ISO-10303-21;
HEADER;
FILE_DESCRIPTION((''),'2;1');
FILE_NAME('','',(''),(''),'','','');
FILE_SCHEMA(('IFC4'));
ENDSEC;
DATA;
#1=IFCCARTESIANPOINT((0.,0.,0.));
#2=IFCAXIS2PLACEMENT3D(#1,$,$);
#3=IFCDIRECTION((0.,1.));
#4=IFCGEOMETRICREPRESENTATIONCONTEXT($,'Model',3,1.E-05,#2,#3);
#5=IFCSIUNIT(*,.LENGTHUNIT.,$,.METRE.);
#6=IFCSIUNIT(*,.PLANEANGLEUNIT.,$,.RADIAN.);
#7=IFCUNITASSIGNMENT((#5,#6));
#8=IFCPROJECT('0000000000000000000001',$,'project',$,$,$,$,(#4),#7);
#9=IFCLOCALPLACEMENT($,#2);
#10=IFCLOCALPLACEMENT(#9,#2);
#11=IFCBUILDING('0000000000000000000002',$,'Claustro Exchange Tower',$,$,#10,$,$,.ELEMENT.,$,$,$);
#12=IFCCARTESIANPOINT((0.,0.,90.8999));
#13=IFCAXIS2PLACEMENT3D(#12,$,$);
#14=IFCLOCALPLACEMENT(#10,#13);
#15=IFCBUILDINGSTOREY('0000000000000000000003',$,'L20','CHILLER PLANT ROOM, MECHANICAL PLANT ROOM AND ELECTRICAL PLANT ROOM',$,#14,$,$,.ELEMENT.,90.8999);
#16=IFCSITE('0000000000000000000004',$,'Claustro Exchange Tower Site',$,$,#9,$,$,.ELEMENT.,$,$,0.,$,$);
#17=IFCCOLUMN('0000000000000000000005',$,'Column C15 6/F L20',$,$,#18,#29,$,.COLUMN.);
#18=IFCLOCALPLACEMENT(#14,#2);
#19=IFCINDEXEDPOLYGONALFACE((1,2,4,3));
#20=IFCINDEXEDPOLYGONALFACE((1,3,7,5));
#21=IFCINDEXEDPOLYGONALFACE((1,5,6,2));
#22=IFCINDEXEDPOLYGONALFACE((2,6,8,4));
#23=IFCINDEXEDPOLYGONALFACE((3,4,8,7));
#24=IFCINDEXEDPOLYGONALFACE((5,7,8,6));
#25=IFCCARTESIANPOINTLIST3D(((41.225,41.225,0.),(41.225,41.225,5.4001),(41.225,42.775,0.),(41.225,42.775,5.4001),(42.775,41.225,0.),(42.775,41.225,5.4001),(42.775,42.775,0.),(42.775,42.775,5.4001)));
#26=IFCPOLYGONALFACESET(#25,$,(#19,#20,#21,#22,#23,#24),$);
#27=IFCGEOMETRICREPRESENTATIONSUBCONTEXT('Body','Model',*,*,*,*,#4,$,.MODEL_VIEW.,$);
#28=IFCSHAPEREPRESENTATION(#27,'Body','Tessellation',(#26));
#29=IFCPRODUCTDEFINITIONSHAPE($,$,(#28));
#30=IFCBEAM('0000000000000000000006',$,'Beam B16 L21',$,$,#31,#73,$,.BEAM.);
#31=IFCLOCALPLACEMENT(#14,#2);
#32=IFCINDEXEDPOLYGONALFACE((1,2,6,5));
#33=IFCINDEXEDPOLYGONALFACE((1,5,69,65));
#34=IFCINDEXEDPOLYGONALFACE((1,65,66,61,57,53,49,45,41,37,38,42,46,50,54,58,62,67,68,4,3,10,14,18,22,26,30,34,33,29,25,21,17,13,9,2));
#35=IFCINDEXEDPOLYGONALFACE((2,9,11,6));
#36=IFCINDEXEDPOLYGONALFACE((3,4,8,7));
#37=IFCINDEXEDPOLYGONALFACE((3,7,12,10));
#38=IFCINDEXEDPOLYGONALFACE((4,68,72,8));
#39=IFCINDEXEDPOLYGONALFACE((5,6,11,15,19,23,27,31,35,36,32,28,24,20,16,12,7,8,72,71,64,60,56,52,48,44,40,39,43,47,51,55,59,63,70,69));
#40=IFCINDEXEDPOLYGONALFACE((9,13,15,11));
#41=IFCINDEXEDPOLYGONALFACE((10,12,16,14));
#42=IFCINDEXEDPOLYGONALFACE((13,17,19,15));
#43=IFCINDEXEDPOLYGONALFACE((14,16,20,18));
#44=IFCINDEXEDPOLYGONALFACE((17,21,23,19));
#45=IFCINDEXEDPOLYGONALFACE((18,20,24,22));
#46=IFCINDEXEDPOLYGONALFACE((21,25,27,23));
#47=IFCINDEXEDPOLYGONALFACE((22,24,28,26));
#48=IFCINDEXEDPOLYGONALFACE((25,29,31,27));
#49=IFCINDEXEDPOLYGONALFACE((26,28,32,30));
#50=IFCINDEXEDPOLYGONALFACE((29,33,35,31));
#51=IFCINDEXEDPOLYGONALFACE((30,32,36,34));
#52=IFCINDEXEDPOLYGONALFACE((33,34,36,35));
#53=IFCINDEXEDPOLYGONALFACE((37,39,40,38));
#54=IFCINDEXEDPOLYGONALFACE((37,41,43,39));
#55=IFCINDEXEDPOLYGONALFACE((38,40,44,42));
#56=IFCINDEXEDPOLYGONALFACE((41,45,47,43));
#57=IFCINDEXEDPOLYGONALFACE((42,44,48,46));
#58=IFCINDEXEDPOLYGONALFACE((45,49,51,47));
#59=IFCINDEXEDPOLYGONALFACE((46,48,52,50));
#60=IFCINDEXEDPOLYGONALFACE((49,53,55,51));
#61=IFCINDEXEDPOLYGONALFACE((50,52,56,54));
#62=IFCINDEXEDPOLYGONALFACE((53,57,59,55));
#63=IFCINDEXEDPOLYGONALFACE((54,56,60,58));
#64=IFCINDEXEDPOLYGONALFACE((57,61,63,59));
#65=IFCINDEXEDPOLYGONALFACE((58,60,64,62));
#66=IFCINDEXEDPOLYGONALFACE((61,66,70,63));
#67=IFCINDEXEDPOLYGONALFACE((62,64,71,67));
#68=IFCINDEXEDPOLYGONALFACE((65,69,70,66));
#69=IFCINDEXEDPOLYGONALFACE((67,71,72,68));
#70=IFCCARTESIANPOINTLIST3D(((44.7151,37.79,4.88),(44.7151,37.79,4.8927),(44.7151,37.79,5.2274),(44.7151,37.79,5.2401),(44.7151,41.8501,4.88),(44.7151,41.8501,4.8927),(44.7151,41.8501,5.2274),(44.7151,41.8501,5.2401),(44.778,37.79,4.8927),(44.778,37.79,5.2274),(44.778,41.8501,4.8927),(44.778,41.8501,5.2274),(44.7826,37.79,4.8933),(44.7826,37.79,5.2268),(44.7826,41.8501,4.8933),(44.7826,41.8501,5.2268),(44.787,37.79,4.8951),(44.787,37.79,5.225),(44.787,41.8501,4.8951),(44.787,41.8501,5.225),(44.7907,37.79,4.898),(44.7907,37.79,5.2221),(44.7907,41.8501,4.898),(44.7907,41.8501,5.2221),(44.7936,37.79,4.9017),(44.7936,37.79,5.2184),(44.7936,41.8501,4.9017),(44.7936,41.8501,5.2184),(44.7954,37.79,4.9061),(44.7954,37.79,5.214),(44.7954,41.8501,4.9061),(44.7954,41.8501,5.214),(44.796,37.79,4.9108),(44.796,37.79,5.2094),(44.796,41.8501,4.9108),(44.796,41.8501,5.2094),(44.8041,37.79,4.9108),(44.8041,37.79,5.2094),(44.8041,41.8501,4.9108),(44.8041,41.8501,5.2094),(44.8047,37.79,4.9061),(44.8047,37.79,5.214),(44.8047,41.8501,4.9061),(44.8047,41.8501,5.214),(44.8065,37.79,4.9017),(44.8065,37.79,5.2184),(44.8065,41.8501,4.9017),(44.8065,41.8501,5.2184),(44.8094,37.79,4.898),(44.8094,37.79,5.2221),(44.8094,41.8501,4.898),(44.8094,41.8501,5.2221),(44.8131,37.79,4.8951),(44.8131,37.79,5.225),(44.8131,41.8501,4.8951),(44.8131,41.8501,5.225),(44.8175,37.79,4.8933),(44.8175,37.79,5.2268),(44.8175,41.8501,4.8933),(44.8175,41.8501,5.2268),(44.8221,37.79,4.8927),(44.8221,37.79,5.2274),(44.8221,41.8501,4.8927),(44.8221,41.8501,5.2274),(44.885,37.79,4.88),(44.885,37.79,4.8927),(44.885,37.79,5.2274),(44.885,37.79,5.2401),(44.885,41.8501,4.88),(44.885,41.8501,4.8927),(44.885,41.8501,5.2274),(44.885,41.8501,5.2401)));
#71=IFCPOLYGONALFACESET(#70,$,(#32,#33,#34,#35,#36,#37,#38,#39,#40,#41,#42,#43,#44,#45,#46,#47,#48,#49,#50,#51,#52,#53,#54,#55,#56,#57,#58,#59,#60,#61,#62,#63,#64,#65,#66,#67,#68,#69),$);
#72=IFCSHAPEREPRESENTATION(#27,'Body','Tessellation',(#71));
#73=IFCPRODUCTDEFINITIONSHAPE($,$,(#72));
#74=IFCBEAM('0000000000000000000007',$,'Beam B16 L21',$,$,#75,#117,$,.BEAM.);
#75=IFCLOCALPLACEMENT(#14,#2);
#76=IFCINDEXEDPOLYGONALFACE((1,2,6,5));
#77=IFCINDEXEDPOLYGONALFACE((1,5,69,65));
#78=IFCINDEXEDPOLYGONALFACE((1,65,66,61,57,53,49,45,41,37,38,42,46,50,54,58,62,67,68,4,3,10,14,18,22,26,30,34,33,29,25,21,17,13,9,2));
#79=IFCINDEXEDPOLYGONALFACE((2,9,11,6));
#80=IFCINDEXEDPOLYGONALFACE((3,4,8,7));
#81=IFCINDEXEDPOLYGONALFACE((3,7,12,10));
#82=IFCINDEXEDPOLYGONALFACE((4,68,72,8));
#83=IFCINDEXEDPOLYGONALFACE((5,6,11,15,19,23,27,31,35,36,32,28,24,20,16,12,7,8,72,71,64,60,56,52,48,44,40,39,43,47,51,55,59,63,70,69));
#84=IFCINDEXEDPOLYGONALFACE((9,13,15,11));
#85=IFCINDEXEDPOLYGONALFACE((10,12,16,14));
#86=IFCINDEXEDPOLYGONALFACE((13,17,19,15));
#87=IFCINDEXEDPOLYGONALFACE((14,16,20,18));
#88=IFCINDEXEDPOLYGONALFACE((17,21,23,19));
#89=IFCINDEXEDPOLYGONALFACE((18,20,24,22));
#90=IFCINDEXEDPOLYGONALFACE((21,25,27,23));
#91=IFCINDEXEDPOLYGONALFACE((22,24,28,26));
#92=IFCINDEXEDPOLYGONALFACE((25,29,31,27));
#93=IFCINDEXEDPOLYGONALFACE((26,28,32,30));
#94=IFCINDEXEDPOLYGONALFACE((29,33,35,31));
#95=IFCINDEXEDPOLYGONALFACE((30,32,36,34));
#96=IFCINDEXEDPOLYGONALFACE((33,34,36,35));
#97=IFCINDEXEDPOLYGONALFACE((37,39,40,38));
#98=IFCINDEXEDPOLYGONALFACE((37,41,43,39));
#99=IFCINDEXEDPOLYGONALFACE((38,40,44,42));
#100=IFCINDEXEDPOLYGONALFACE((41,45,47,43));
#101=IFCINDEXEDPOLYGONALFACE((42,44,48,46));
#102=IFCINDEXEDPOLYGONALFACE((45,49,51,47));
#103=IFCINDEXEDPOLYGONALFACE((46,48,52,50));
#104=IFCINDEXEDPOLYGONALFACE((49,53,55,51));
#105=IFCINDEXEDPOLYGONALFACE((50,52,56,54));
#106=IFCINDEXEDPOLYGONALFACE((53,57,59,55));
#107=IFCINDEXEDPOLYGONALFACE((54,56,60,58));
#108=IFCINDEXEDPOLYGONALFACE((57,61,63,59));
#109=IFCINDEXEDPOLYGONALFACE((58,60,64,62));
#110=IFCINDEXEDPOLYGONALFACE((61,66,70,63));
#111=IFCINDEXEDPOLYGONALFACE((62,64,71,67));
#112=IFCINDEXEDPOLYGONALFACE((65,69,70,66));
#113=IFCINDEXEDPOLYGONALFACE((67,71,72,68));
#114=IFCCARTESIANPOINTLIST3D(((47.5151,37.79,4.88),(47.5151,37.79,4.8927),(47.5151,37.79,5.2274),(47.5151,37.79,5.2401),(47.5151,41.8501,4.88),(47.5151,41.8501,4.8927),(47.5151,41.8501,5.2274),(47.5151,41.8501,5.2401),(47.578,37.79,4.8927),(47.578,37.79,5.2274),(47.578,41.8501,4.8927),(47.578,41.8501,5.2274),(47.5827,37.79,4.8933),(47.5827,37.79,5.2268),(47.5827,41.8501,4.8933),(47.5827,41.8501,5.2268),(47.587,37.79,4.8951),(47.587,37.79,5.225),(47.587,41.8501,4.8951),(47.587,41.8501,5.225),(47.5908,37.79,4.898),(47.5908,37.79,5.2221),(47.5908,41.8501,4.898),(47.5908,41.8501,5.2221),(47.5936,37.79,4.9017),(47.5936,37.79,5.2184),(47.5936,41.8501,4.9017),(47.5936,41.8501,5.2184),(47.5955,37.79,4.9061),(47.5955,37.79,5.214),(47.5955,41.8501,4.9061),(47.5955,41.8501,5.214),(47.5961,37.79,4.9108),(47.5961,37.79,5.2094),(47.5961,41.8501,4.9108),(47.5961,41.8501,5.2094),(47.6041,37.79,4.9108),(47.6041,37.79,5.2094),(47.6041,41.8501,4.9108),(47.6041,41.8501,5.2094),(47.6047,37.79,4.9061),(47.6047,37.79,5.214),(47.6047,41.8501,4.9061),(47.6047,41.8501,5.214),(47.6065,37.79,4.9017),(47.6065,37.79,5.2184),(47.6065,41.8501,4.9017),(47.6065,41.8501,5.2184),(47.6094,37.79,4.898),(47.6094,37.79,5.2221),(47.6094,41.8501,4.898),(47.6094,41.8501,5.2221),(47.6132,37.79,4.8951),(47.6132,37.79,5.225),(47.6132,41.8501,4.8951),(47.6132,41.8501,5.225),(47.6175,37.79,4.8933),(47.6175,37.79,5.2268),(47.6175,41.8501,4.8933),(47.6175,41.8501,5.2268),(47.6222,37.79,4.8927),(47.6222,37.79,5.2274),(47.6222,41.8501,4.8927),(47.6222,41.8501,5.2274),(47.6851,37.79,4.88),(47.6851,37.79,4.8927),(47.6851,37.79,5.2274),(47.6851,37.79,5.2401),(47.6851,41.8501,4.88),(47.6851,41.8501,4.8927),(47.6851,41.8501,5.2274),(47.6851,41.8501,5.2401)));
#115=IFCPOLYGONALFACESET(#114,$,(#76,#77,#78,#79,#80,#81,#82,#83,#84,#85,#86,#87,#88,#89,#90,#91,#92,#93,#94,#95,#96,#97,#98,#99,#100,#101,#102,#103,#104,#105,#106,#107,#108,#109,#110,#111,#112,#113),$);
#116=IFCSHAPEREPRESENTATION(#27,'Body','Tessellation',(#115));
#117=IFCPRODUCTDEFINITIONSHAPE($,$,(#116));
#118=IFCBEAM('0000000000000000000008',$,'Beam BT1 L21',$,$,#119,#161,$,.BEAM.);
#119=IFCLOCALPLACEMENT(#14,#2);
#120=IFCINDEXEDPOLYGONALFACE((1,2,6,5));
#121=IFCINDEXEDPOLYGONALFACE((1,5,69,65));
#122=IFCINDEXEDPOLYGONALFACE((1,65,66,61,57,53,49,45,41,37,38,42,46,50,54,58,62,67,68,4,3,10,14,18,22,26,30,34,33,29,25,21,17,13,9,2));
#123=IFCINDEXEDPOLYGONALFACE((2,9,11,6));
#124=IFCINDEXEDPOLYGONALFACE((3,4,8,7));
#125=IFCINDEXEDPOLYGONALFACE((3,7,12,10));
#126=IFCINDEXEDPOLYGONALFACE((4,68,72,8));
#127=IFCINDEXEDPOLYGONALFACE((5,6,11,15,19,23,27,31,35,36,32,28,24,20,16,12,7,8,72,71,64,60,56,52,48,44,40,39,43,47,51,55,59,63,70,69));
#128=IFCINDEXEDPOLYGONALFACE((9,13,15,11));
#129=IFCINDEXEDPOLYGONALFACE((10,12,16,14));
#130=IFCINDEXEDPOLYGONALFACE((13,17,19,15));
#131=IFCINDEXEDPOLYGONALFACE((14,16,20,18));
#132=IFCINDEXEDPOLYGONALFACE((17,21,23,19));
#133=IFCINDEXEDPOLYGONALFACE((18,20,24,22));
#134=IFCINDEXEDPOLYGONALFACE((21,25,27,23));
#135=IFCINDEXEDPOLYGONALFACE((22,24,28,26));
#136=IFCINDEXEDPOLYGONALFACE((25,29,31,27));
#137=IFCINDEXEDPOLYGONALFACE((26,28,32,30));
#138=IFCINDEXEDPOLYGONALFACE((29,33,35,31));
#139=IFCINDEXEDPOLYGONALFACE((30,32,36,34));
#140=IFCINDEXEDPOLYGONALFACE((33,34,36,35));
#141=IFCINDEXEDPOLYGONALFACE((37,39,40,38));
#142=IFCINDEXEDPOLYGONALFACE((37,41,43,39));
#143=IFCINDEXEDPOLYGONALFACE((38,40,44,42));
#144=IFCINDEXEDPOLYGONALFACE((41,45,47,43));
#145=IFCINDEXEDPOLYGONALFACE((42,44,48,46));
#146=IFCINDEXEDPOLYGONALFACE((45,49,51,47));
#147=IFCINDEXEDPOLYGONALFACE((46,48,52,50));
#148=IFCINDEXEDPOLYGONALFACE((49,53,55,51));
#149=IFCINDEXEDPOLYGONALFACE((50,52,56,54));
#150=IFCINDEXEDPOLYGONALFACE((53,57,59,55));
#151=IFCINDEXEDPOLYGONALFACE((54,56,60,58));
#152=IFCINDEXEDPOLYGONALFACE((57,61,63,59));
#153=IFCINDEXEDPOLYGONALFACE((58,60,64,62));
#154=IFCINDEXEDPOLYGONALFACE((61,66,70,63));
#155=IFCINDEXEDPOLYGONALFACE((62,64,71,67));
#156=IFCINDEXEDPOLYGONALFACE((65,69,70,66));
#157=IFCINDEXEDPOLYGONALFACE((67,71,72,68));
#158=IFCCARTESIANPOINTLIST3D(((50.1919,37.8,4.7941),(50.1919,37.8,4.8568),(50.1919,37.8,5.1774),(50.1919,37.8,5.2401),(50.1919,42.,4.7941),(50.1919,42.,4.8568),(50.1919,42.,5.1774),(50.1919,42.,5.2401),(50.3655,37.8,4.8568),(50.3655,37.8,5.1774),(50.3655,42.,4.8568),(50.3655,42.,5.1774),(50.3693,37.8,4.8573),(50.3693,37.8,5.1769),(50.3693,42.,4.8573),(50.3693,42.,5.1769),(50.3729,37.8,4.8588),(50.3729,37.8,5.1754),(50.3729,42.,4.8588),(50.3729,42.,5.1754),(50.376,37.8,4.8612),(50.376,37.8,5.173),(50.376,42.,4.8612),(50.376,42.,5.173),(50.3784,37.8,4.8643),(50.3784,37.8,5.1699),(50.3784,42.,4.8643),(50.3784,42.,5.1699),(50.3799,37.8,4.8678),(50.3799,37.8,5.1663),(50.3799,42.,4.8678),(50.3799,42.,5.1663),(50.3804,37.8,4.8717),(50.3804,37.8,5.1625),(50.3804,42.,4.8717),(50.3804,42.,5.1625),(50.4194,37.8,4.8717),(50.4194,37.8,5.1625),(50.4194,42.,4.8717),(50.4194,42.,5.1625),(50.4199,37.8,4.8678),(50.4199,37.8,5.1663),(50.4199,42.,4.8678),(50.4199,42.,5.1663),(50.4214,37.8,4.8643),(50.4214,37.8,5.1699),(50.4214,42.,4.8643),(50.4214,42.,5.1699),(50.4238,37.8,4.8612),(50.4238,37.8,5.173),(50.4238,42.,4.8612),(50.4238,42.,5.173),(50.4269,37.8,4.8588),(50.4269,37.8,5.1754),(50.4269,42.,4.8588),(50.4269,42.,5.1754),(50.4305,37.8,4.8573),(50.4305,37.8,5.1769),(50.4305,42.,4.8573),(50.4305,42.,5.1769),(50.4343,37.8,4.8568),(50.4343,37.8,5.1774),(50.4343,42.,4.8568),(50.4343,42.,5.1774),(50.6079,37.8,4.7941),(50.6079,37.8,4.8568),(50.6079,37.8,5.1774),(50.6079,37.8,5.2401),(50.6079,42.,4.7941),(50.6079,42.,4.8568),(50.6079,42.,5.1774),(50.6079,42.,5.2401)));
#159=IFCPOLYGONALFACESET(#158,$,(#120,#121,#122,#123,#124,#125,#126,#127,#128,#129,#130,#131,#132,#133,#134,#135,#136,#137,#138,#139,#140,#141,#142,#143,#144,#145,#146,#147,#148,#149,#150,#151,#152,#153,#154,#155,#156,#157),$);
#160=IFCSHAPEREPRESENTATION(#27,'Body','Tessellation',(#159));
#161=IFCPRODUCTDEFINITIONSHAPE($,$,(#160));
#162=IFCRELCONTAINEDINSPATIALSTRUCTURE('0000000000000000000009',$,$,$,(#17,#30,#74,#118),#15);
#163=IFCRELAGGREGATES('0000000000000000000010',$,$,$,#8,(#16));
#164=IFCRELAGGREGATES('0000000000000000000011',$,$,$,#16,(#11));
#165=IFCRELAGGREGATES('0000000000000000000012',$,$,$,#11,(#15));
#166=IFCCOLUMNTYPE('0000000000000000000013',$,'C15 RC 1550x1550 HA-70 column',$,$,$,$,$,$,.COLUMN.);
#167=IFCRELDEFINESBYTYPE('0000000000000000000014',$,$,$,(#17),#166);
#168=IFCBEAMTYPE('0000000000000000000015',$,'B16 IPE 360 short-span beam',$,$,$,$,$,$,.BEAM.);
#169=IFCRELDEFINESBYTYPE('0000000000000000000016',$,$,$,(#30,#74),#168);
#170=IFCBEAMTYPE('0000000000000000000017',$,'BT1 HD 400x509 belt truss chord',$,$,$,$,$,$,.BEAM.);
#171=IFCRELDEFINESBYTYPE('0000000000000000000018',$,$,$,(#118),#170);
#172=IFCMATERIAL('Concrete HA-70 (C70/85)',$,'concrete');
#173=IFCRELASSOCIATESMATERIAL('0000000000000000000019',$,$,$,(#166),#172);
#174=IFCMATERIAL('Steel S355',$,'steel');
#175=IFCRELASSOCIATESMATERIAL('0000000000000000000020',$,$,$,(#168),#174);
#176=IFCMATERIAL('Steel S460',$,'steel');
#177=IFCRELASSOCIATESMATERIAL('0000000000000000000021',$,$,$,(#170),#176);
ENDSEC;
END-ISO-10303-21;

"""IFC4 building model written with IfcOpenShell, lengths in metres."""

from ifc_helpers import new_model, si_unit, direction, frame, origin, origin_2d, place, context, subcontext, project, spatial, rectangle, i_section, extrude, material, material_profile, profile_set, type_object, element, save


model = new_model("IFC4")

# Units and contexts
model_context = context("Model", 3, precision=1e-05, world=origin(), true_north=direction((0.0, 1.0)))
body_context = subcontext(model_context, "Body", "Model", "MODEL_VIEW")
ifc_project = project(units=[si_unit("LENGTHUNIT", "METRE"), si_unit("PLANEANGLEUNIT", "RADIAN")], contexts=[model_context])

# Site, building, storey
site_placement = place(None, origin())
site = spatial("IfcSite", under=ifc_project, at=site_placement, Name="Claustro Exchange Tower Site", CompositionType="ELEMENT", RefElevation=0.0)
building_placement = place(site_placement, origin())
building = spatial("IfcBuilding", under=site, at=building_placement, Name="Claustro Exchange Tower", CompositionType="ELEMENT")
storey_placement = place(building_placement, frame((0.0, 0.0, 90.8999)))
storey = spatial("IfcBuildingStorey", under=building, at=storey_placement, Name="L20", Description="CHILLER PLANT ROOM, MECHANICAL PLANT ROOM AND ELECTRICAL PLANT ROOM", CompositionType="ELEMENT", Elevation=90.8999)

# Column
ifc_material_1 = material(Name="Concrete HA-70 (C70/85)", Category="concrete")
ifc_material_profile_1 = material_profile(ifc_material_1, rectangle(XDim=1.55, YDim=1.55, at=origin_2d()), Name="RC 1550x1550")
ifc_profile_set_1 = profile_set([ifc_material_profile_1], Name="Concrete HA-70 (C70/85)")
column_type = type_object("IfcColumnType", Name="C15 RC 1550x1550 HA-70 column", PredefinedType="COLUMN", material=ifc_profile_set_1)
column_placement = place(storey_placement, frame((42.0, 42.0, 0.0), z_axis=(0.0, 0.0, 1.0), x_axis=(1.0, 0.0, 0.0)))
element("IfcColumn", 1, at=column_placement, inside=storey, type_object=column_type, Name="Column C15 6/F L20", PredefinedType="COLUMN", context=body_context, shape_type="SweptSolid", body=[
    extrude(rectangle(XDim=1.55, YDim=1.55, at=origin_2d()), origin(), (0.0, 0.0, 1.0), 5.4001),
])

# Beams
ifc_material_2 = material(Name="Steel S355", Category="steel")
ifc_material_profile_2 = material_profile(ifc_material_2, i_section(OverallWidth=0.1699, OverallDepth=0.3601, WebThickness=0.0081, FlangeThickness=0.0127, FilletRadius=0.0181, at=origin_2d()), Name="IPE 360")
ifc_profile_set_2 = profile_set([ifc_material_profile_2], Name="Steel S355")
beam_type_1 = type_object("IfcBeamType", Name="B16 IPE 360 short-span beam", PredefinedType="BEAM", material=ifc_profile_set_2)
for number, where, z_axis, x_axis, name in (
    (2, (44.8, 37.79, 5.0601), (0.0, 1.0, 0.0), (-1.0, 0.0, 0.0), "Beam B16 L21"),
    (3, (47.6001, 37.79, 5.0601), (0.0, 1.0, 0.0), (-1.0, 0.0, 0.0), "Beam B16 L21"),
):
    element("IfcBeam", number, at=place(storey_placement, frame(where, z_axis=z_axis, x_axis=x_axis)), inside=storey, type_object=beam_type_1, Name=name, PredefinedType="BEAM", context=body_context, shape_type="SweptSolid", body=[
        extrude(i_section(OverallWidth=0.1699, OverallDepth=0.3601, WebThickness=0.0081, FlangeThickness=0.0127, FilletRadius=0.0181, at=origin_2d()), origin(), (0.0, 0.0, 1.0), 4.0601),
    ])
ifc_material_3 = material(Name="Steel S460", Category="steel")
ifc_material_profile_3 = material_profile(ifc_material_3, i_section(OverallWidth=0.416, OverallDepth=0.446, WebThickness=0.0391, FlangeThickness=0.0627, FilletRadius=0.0149, at=origin_2d()), Name="HD 400x509")
ifc_profile_set_3 = profile_set([ifc_material_profile_3], Name="Steel S460")
beam_type_2 = type_object("IfcBeamType", Name="BT1 HD 400x509 belt truss chord", PredefinedType="BEAM", material=ifc_profile_set_3)
beam_1_placement = place(storey_placement, frame((50.3999, 37.8, 5.0171), z_axis=(0.0, 1.0, 0.0), x_axis=(-1.0, 0.0, 0.0)))
element("IfcBeam", 4, at=beam_1_placement, inside=storey, type_object=beam_type_2, Name="Beam BT1 L21", PredefinedType="BEAM", context=body_context, shape_type="SweptSolid", body=[
    extrude(i_section(OverallWidth=0.416, OverallDepth=0.446, WebThickness=0.0391, FlangeThickness=0.0627, FilletRadius=0.0149, at=origin_2d()), origin(), (0.0, 0.0, 1.0), 4.2),
])

save(model, "model.ifc")
